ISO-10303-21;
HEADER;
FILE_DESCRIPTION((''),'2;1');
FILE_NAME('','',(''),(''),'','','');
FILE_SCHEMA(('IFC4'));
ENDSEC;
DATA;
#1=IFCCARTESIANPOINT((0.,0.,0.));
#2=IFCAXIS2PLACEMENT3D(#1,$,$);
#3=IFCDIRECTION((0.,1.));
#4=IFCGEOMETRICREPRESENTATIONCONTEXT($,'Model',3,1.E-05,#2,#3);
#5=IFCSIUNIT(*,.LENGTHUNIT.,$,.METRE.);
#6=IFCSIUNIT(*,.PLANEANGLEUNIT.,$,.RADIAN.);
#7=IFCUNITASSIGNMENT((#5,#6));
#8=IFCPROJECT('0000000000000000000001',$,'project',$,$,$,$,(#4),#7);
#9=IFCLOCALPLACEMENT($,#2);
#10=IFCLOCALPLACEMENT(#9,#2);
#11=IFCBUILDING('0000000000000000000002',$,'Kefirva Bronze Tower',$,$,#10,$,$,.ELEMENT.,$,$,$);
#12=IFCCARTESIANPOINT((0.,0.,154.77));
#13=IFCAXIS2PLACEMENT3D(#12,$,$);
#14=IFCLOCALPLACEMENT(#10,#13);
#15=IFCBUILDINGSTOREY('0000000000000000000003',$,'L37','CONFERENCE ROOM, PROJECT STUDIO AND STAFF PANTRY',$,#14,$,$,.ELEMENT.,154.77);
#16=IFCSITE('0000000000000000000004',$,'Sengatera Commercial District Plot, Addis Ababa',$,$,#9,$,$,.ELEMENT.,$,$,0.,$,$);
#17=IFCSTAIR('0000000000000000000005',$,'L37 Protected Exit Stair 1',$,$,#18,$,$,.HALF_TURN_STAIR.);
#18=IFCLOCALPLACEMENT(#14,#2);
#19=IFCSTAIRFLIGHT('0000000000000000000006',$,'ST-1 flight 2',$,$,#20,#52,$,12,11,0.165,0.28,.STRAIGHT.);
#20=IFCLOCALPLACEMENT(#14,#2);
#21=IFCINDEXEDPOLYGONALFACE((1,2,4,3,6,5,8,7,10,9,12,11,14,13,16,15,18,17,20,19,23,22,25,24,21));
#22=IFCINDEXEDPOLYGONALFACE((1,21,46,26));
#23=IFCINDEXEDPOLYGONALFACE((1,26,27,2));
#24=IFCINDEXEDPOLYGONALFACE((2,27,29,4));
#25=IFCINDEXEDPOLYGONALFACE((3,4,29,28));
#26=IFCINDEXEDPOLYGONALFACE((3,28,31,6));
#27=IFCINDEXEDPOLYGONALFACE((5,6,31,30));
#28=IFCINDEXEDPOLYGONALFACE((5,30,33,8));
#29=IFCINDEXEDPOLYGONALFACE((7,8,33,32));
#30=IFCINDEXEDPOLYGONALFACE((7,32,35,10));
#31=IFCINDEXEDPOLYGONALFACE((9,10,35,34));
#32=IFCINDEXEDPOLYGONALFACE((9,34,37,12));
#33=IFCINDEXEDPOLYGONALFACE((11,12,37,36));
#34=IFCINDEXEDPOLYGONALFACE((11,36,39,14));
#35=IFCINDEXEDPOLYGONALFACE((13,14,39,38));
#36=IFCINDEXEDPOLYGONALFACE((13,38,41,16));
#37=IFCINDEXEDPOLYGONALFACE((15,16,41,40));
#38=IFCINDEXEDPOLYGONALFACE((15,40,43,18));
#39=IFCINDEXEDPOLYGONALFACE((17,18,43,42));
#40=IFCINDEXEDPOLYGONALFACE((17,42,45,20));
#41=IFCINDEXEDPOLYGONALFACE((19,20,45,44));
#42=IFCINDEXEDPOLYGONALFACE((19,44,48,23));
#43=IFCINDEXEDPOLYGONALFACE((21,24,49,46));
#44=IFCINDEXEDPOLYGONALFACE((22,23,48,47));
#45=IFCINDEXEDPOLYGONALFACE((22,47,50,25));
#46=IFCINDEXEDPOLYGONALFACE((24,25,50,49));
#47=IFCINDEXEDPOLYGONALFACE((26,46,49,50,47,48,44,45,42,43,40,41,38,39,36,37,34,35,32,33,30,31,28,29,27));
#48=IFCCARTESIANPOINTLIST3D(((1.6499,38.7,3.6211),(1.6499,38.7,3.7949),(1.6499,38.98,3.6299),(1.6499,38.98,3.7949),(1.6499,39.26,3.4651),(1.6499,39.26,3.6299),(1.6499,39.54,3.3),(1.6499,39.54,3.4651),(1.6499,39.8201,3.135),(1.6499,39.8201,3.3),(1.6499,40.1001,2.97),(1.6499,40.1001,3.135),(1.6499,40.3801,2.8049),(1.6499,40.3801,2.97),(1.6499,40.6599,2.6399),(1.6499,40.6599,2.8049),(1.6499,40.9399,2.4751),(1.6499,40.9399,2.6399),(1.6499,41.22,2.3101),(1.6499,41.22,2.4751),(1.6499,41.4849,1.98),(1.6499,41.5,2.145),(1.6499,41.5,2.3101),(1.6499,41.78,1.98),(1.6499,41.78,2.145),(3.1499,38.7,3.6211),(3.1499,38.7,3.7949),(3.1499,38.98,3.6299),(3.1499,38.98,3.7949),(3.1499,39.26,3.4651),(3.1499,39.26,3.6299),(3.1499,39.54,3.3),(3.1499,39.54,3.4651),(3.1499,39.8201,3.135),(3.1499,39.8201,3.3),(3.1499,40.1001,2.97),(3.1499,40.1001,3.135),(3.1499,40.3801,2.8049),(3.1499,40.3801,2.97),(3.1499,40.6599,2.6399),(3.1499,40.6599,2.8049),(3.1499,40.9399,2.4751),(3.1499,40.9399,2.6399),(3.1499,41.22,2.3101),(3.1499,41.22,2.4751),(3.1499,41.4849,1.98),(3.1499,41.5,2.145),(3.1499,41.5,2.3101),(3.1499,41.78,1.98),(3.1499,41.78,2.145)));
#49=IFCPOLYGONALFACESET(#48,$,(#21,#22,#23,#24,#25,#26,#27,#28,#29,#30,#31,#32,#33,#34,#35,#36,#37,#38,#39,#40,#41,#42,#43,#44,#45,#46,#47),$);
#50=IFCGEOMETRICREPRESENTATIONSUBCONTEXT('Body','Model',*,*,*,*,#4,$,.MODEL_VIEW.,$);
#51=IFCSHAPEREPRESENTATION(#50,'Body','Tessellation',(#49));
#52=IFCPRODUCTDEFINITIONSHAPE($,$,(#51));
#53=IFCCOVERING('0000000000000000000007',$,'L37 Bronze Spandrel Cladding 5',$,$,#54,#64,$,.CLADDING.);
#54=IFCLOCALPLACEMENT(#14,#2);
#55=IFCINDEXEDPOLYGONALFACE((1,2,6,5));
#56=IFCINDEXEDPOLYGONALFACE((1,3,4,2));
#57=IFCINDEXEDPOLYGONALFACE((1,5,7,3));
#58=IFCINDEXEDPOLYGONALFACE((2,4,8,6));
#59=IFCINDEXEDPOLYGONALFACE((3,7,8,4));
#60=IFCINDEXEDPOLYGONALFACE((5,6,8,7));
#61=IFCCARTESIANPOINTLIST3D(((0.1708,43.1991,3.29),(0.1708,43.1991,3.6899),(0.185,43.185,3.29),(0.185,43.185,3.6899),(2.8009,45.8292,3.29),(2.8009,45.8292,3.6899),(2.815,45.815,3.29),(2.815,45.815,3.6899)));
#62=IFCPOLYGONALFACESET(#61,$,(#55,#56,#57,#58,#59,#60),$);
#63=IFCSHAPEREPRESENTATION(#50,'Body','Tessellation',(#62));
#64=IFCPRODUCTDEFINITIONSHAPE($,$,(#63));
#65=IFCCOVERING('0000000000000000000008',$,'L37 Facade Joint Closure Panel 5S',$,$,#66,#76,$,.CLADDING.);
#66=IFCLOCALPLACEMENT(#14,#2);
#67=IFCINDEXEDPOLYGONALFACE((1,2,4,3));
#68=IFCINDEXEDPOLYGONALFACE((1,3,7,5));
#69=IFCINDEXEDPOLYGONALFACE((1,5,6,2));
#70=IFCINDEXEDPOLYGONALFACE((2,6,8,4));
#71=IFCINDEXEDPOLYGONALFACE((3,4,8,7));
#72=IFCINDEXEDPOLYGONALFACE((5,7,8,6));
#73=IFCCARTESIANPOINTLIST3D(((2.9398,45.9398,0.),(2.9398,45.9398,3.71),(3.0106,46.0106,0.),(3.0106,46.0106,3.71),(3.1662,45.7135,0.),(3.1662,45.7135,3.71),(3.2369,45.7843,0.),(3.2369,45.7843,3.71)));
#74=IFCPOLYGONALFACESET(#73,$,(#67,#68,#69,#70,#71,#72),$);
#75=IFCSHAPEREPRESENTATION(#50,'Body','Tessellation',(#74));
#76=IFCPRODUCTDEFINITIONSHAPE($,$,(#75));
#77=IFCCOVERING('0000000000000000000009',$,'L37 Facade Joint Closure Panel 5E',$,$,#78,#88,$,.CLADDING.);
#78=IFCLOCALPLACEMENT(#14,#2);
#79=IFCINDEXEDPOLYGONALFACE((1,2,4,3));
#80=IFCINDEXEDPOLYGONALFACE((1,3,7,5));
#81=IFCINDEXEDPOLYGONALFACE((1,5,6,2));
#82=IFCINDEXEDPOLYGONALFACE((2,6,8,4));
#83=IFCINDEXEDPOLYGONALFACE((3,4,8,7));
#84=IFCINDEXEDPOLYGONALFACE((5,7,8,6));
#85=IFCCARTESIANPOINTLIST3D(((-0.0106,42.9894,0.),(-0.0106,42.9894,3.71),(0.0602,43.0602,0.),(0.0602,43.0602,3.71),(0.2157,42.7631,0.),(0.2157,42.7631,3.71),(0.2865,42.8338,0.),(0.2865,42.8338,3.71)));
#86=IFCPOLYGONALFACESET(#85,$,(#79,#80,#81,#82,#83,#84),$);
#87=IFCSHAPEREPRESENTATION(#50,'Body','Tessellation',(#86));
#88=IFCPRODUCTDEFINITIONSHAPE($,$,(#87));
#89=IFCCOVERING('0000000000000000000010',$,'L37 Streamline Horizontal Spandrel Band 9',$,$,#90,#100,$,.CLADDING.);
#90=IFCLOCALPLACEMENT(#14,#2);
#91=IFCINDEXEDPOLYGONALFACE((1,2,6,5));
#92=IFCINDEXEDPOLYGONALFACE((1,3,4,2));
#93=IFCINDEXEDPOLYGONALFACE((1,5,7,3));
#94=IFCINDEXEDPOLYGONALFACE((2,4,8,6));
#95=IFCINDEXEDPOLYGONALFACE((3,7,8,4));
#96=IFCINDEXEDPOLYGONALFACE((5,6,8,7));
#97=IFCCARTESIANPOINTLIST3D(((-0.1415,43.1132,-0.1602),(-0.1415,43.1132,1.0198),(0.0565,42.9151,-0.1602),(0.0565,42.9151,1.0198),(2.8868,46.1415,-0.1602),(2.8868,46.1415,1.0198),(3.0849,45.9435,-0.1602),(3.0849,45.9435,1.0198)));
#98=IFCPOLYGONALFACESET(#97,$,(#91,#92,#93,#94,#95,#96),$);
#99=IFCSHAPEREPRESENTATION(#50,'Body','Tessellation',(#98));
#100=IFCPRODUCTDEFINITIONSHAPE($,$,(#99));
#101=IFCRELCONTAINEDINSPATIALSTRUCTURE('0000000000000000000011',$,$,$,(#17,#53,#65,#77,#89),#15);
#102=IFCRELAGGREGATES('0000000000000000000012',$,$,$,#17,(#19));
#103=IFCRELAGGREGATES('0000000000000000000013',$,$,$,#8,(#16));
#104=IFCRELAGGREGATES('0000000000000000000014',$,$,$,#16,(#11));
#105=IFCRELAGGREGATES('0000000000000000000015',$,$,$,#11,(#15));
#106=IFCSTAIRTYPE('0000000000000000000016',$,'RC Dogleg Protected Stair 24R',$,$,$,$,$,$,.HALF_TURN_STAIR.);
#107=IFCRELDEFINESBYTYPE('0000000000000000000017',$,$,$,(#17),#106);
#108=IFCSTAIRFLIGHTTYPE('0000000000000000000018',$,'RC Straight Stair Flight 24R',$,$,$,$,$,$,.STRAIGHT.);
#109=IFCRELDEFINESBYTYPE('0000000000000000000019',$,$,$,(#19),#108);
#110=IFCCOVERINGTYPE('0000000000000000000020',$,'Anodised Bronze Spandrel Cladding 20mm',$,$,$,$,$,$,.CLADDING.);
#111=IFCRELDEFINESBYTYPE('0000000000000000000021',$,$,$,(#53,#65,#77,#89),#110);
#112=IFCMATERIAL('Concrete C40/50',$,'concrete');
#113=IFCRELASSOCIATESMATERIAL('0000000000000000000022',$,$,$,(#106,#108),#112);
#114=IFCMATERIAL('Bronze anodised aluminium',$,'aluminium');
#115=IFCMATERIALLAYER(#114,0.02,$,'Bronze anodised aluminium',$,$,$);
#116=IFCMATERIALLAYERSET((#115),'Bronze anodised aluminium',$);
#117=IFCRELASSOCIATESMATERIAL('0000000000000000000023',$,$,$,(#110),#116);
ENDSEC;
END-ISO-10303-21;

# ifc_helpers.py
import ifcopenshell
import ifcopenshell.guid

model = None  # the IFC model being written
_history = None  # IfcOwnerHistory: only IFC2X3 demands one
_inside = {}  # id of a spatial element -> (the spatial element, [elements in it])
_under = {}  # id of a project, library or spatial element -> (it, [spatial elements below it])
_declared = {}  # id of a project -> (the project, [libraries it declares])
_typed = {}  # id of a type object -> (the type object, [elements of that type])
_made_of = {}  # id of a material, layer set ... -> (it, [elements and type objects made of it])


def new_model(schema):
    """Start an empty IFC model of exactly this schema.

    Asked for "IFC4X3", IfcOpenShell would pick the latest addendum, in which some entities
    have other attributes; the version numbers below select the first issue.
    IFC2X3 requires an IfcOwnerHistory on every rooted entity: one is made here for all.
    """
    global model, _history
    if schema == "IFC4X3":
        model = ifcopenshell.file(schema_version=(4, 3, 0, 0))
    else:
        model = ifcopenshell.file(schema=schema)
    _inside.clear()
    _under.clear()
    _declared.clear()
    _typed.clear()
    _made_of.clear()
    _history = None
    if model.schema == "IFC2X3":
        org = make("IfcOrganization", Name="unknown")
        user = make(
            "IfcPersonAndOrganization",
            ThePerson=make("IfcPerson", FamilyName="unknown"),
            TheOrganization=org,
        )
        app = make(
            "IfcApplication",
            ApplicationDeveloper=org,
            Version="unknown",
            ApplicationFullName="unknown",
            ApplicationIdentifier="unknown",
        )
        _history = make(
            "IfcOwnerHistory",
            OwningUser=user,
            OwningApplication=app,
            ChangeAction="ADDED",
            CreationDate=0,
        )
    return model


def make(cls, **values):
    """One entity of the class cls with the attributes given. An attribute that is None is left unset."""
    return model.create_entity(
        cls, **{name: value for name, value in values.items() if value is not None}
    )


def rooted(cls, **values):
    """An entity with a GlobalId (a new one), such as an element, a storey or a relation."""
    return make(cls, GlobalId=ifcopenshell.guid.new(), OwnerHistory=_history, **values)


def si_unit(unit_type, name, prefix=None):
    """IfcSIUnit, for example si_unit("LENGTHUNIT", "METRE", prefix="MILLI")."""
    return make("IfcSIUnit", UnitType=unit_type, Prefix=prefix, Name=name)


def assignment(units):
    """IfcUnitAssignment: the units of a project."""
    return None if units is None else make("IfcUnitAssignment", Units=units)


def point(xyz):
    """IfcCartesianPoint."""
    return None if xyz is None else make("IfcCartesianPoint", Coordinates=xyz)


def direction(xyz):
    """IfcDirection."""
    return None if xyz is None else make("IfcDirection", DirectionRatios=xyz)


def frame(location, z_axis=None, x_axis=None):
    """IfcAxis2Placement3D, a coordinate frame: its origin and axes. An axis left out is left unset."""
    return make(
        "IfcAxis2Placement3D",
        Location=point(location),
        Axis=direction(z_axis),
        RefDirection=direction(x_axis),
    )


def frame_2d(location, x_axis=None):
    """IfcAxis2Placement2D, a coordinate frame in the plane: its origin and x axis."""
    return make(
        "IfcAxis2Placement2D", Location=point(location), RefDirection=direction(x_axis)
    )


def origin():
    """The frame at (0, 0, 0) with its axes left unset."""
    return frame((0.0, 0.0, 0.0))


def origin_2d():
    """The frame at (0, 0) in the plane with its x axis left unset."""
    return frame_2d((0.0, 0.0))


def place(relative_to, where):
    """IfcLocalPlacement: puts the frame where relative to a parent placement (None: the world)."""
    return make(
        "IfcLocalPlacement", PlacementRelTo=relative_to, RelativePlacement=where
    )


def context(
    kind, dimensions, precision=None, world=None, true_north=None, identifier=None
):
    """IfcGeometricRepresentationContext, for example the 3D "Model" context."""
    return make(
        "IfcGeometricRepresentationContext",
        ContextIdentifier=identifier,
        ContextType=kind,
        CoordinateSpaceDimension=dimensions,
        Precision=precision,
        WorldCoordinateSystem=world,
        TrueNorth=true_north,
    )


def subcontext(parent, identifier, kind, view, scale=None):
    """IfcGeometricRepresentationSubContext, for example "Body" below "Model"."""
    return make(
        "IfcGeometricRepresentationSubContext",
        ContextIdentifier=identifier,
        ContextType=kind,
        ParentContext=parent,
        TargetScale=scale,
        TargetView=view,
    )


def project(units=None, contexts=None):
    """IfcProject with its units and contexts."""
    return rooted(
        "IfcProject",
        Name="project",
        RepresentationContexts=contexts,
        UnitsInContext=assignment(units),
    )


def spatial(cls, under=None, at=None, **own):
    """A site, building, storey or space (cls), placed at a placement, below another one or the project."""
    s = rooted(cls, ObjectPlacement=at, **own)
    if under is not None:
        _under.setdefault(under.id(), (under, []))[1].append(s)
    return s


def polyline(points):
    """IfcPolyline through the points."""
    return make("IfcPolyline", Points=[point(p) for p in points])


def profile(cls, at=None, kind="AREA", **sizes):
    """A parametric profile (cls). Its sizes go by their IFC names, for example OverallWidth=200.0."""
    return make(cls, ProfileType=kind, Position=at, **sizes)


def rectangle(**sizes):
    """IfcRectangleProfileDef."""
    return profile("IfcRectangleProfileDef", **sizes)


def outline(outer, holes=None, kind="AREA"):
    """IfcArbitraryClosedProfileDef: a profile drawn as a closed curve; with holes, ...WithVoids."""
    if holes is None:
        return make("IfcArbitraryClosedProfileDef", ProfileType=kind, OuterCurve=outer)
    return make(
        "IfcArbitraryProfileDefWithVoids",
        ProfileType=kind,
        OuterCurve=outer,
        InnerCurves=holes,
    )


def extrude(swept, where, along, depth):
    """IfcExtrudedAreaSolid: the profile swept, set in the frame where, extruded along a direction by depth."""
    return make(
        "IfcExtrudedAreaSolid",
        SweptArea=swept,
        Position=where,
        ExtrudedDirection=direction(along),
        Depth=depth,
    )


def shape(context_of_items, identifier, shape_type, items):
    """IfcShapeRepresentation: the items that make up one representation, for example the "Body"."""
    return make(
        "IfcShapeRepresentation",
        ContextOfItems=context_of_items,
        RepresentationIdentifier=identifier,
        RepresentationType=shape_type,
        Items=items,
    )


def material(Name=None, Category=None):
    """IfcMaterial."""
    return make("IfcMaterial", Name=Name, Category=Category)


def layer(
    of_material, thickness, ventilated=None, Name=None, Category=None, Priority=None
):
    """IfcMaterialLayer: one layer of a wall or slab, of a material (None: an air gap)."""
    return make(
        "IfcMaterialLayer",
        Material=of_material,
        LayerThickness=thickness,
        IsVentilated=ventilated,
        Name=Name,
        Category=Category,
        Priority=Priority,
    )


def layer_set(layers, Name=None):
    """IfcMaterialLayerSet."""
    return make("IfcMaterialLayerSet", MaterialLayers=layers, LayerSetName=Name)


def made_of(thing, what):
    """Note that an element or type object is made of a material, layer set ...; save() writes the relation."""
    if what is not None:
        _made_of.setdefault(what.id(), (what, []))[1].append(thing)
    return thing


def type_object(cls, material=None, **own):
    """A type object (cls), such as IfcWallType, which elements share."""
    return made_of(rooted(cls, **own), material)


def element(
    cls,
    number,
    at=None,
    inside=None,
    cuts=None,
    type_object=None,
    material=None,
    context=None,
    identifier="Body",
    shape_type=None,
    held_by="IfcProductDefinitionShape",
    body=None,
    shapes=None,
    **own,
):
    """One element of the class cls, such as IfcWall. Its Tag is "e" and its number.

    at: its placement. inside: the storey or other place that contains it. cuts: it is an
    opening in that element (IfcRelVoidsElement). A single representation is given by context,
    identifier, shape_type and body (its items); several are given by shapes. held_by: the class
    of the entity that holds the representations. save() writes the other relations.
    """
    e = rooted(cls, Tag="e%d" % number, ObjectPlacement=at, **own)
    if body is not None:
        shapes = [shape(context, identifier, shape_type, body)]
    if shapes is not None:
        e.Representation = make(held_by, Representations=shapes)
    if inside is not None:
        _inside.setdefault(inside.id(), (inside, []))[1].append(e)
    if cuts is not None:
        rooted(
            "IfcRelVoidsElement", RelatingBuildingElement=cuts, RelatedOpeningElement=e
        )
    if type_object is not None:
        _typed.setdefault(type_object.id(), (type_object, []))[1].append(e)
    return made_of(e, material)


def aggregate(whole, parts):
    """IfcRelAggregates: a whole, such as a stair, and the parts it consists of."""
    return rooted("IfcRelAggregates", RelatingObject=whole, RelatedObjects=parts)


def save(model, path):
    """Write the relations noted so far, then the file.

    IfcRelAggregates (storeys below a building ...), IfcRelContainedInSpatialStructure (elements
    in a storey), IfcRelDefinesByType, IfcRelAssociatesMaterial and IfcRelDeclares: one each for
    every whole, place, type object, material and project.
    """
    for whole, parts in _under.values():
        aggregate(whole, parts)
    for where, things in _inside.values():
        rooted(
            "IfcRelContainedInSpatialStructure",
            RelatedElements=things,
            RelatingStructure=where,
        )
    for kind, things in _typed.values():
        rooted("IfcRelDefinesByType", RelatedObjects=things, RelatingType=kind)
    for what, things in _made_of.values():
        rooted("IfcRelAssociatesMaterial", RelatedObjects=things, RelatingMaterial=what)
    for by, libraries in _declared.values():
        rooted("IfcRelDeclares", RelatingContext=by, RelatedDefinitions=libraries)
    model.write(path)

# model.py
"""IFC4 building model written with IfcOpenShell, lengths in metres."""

from ifc_helpers import new_model, si_unit, direction, frame, origin, origin_2d, place, context, subcontext, project, spatial, polyline, rectangle, outline, extrude, material, layer, layer_set, type_object, element, aggregate, save


model = new_model("IFC4")

# Units and contexts
model_context = context("Model", 3, precision=1e-05, world=origin(), true_north=direction((0.0, 1.0)))
body_context = subcontext(model_context, "Body", "Model", "MODEL_VIEW")
ifc_project = project(units=[si_unit("LENGTHUNIT", "METRE"), si_unit("PLANEANGLEUNIT", "RADIAN")], contexts=[model_context])

# Site, building, storey
site_placement = place(None, origin())
site = spatial("IfcSite", under=ifc_project, at=site_placement, Name="Sengatera Commercial District Plot, Addis Ababa", CompositionType="ELEMENT", RefElevation=0.0)
building_placement = place(site_placement, origin())
building = spatial("IfcBuilding", under=site, at=building_placement, Name="Kefirva Bronze Tower", CompositionType="ELEMENT")
storey_placement = place(building_placement, frame((0.0, 0.0, 154.77)))
storey = spatial("IfcBuildingStorey", under=building, at=storey_placement, Name="L37", Description="CONFERENCE ROOM, PROJECT STUDIO AND STAFF PANTRY", CompositionType="ELEMENT", Elevation=154.77)

# Shared definitions
ifc_material_1 = material(Name="Bronze anodised aluminium", Category="aluminium")

# Stair, stair flight
ifc_material_2 = material(Name="Concrete C40/50", Category="concrete")
stair_type = type_object("IfcStairType", Name="RC Dogleg Protected Stair 24R", PredefinedType="HALF_TURN_STAIR", material=ifc_material_2)
stair_placement = place(storey_placement, origin())
stair = element("IfcStair", 1, at=stair_placement, inside=storey, type_object=stair_type, Name="L37 Protected Exit Stair 1", PredefinedType="HALF_TURN_STAIR")
stair_flight_type = type_object("IfcStairFlightType", Name="RC Straight Stair Flight 24R", PredefinedType="STRAIGHT", material=ifc_material_2)
stair_flight_1_placement = place(storey_placement, frame((2.3999, 41.78, 1.98), z_axis=(0.0, 0.0, 1.0), x_axis=(0.0, -1.0, 0.0)))
stair_flight_1 = element("IfcStairFlight", 2, at=stair_flight_1_placement, type_object=stair_flight_type, Name="ST-1 flight 2", NumberOfRisers=12, NumberOfTreads=11, PredefinedType="STRAIGHT", RiserHeight=0.165, TreadLength=0.28, context=body_context, shape_type="SweptSolid", body=[
    extrude(outline(polyline([(0.0, 0.0), (0.0, 0.165), (0.28, 0.165), (0.28, 0.3301), (0.5601, 0.3301), (0.5601, 0.4951), (0.8401, 0.4951), (0.8401, 0.6599), (1.1201, 0.6599), (1.1201, 0.825), (1.3999, 0.825), (1.3999, 0.99), (1.6799, 0.99), (1.6799, 1.155), (1.96, 1.155), (1.96, 1.3201), (2.24, 1.3201), (2.24, 1.4851), (2.52, 1.4851), (2.52, 1.6499), (2.8, 1.6499), (2.8, 1.8149), (3.0801, 1.8149), (3.0801, 1.98), (3.0801, 1.6411), (0.2952, 0.0), (0.0, 0.0)])), frame((0.0, 0.75, 0.0), z_axis=(0.0, -1.0, 0.0), x_axis=(1.0, 0.0, 0.0)), (0.0, 0.0, 1.0), 1.5),
])
aggregate(stair, [stair_flight_1])

# Coverings
ifc_layer_1 = layer(ifc_material_1, 0.02, Name="Bronze anodised aluminium")
ifc_layer_set_1 = layer_set([ifc_layer_1], Name="Bronze anodised aluminium")
covering_type_1 = type_object("IfcCoveringType", Name="Anodised Bronze Spandrel Cladding 20mm", PredefinedType="CLADDING", material=ifc_layer_set_1)
covering_1_placement = place(storey_placement, frame((1.4929, 44.5071, 3.29), z_axis=(0.0, 0.0, 1.0), x_axis=(-0.707107, -0.707107, 0.0)))
element("IfcCovering", 3, at=covering_1_placement, inside=storey, type_object=covering_type_1, Name="L37 Bronze Spandrel Cladding 5", PredefinedType="CLADDING", context=body_context, shape_type="SweptSolid", body=[
    extrude(rectangle(XDim=3.7195, YDim=0.02, at=origin_2d()), origin(), (0.0, 0.0, 1.0), 0.3999),
])
for number, where, z_axis, x_axis, name in (
    (4, (3.0884, 45.8621, 0.0), (0.0, 0.0, 1.0), (-0.707107, -0.707107, 0.0), "L37 Facade Joint Closure Panel 5S"),
    (5, (0.1379, 42.9116, 0.0), (0.0, 0.0, 1.0), (-0.707107, -0.707107, 0.0), "L37 Facade Joint Closure Panel 5E"),
):
    element("IfcCovering", number, at=place(storey_placement, frame(where, z_axis=z_axis, x_axis=x_axis)), inside=storey, type_object=covering_type_1, Name=name, PredefinedType="CLADDING", context=body_context, shape_type="SweptSolid", body=[
        extrude(rectangle(XDim=0.1001, YDim=0.3201, at=origin_2d()), origin(), (0.0, 0.0, 1.0), 3.71),
    ])
covering_2_placement = place(storey_placement, frame((1.4717, 44.5283, -0.1602), z_axis=(0.0, 0.0, 1.0), x_axis=(-0.707107, -0.707107, 0.0)))
element("IfcCovering", 6, at=covering_2_placement, inside=storey, type_object=covering_type_1, Name="L37 Streamline Horizontal Spandrel Band 9", PredefinedType="CLADDING", context=body_context, shape_type="SweptSolid", body=[
    extrude(rectangle(XDim=4.2827, YDim=0.28, at=origin_2d()), origin(), (0.0, 0.0, 1.0), 1.1799),
])

save(model, "model.ifc")
